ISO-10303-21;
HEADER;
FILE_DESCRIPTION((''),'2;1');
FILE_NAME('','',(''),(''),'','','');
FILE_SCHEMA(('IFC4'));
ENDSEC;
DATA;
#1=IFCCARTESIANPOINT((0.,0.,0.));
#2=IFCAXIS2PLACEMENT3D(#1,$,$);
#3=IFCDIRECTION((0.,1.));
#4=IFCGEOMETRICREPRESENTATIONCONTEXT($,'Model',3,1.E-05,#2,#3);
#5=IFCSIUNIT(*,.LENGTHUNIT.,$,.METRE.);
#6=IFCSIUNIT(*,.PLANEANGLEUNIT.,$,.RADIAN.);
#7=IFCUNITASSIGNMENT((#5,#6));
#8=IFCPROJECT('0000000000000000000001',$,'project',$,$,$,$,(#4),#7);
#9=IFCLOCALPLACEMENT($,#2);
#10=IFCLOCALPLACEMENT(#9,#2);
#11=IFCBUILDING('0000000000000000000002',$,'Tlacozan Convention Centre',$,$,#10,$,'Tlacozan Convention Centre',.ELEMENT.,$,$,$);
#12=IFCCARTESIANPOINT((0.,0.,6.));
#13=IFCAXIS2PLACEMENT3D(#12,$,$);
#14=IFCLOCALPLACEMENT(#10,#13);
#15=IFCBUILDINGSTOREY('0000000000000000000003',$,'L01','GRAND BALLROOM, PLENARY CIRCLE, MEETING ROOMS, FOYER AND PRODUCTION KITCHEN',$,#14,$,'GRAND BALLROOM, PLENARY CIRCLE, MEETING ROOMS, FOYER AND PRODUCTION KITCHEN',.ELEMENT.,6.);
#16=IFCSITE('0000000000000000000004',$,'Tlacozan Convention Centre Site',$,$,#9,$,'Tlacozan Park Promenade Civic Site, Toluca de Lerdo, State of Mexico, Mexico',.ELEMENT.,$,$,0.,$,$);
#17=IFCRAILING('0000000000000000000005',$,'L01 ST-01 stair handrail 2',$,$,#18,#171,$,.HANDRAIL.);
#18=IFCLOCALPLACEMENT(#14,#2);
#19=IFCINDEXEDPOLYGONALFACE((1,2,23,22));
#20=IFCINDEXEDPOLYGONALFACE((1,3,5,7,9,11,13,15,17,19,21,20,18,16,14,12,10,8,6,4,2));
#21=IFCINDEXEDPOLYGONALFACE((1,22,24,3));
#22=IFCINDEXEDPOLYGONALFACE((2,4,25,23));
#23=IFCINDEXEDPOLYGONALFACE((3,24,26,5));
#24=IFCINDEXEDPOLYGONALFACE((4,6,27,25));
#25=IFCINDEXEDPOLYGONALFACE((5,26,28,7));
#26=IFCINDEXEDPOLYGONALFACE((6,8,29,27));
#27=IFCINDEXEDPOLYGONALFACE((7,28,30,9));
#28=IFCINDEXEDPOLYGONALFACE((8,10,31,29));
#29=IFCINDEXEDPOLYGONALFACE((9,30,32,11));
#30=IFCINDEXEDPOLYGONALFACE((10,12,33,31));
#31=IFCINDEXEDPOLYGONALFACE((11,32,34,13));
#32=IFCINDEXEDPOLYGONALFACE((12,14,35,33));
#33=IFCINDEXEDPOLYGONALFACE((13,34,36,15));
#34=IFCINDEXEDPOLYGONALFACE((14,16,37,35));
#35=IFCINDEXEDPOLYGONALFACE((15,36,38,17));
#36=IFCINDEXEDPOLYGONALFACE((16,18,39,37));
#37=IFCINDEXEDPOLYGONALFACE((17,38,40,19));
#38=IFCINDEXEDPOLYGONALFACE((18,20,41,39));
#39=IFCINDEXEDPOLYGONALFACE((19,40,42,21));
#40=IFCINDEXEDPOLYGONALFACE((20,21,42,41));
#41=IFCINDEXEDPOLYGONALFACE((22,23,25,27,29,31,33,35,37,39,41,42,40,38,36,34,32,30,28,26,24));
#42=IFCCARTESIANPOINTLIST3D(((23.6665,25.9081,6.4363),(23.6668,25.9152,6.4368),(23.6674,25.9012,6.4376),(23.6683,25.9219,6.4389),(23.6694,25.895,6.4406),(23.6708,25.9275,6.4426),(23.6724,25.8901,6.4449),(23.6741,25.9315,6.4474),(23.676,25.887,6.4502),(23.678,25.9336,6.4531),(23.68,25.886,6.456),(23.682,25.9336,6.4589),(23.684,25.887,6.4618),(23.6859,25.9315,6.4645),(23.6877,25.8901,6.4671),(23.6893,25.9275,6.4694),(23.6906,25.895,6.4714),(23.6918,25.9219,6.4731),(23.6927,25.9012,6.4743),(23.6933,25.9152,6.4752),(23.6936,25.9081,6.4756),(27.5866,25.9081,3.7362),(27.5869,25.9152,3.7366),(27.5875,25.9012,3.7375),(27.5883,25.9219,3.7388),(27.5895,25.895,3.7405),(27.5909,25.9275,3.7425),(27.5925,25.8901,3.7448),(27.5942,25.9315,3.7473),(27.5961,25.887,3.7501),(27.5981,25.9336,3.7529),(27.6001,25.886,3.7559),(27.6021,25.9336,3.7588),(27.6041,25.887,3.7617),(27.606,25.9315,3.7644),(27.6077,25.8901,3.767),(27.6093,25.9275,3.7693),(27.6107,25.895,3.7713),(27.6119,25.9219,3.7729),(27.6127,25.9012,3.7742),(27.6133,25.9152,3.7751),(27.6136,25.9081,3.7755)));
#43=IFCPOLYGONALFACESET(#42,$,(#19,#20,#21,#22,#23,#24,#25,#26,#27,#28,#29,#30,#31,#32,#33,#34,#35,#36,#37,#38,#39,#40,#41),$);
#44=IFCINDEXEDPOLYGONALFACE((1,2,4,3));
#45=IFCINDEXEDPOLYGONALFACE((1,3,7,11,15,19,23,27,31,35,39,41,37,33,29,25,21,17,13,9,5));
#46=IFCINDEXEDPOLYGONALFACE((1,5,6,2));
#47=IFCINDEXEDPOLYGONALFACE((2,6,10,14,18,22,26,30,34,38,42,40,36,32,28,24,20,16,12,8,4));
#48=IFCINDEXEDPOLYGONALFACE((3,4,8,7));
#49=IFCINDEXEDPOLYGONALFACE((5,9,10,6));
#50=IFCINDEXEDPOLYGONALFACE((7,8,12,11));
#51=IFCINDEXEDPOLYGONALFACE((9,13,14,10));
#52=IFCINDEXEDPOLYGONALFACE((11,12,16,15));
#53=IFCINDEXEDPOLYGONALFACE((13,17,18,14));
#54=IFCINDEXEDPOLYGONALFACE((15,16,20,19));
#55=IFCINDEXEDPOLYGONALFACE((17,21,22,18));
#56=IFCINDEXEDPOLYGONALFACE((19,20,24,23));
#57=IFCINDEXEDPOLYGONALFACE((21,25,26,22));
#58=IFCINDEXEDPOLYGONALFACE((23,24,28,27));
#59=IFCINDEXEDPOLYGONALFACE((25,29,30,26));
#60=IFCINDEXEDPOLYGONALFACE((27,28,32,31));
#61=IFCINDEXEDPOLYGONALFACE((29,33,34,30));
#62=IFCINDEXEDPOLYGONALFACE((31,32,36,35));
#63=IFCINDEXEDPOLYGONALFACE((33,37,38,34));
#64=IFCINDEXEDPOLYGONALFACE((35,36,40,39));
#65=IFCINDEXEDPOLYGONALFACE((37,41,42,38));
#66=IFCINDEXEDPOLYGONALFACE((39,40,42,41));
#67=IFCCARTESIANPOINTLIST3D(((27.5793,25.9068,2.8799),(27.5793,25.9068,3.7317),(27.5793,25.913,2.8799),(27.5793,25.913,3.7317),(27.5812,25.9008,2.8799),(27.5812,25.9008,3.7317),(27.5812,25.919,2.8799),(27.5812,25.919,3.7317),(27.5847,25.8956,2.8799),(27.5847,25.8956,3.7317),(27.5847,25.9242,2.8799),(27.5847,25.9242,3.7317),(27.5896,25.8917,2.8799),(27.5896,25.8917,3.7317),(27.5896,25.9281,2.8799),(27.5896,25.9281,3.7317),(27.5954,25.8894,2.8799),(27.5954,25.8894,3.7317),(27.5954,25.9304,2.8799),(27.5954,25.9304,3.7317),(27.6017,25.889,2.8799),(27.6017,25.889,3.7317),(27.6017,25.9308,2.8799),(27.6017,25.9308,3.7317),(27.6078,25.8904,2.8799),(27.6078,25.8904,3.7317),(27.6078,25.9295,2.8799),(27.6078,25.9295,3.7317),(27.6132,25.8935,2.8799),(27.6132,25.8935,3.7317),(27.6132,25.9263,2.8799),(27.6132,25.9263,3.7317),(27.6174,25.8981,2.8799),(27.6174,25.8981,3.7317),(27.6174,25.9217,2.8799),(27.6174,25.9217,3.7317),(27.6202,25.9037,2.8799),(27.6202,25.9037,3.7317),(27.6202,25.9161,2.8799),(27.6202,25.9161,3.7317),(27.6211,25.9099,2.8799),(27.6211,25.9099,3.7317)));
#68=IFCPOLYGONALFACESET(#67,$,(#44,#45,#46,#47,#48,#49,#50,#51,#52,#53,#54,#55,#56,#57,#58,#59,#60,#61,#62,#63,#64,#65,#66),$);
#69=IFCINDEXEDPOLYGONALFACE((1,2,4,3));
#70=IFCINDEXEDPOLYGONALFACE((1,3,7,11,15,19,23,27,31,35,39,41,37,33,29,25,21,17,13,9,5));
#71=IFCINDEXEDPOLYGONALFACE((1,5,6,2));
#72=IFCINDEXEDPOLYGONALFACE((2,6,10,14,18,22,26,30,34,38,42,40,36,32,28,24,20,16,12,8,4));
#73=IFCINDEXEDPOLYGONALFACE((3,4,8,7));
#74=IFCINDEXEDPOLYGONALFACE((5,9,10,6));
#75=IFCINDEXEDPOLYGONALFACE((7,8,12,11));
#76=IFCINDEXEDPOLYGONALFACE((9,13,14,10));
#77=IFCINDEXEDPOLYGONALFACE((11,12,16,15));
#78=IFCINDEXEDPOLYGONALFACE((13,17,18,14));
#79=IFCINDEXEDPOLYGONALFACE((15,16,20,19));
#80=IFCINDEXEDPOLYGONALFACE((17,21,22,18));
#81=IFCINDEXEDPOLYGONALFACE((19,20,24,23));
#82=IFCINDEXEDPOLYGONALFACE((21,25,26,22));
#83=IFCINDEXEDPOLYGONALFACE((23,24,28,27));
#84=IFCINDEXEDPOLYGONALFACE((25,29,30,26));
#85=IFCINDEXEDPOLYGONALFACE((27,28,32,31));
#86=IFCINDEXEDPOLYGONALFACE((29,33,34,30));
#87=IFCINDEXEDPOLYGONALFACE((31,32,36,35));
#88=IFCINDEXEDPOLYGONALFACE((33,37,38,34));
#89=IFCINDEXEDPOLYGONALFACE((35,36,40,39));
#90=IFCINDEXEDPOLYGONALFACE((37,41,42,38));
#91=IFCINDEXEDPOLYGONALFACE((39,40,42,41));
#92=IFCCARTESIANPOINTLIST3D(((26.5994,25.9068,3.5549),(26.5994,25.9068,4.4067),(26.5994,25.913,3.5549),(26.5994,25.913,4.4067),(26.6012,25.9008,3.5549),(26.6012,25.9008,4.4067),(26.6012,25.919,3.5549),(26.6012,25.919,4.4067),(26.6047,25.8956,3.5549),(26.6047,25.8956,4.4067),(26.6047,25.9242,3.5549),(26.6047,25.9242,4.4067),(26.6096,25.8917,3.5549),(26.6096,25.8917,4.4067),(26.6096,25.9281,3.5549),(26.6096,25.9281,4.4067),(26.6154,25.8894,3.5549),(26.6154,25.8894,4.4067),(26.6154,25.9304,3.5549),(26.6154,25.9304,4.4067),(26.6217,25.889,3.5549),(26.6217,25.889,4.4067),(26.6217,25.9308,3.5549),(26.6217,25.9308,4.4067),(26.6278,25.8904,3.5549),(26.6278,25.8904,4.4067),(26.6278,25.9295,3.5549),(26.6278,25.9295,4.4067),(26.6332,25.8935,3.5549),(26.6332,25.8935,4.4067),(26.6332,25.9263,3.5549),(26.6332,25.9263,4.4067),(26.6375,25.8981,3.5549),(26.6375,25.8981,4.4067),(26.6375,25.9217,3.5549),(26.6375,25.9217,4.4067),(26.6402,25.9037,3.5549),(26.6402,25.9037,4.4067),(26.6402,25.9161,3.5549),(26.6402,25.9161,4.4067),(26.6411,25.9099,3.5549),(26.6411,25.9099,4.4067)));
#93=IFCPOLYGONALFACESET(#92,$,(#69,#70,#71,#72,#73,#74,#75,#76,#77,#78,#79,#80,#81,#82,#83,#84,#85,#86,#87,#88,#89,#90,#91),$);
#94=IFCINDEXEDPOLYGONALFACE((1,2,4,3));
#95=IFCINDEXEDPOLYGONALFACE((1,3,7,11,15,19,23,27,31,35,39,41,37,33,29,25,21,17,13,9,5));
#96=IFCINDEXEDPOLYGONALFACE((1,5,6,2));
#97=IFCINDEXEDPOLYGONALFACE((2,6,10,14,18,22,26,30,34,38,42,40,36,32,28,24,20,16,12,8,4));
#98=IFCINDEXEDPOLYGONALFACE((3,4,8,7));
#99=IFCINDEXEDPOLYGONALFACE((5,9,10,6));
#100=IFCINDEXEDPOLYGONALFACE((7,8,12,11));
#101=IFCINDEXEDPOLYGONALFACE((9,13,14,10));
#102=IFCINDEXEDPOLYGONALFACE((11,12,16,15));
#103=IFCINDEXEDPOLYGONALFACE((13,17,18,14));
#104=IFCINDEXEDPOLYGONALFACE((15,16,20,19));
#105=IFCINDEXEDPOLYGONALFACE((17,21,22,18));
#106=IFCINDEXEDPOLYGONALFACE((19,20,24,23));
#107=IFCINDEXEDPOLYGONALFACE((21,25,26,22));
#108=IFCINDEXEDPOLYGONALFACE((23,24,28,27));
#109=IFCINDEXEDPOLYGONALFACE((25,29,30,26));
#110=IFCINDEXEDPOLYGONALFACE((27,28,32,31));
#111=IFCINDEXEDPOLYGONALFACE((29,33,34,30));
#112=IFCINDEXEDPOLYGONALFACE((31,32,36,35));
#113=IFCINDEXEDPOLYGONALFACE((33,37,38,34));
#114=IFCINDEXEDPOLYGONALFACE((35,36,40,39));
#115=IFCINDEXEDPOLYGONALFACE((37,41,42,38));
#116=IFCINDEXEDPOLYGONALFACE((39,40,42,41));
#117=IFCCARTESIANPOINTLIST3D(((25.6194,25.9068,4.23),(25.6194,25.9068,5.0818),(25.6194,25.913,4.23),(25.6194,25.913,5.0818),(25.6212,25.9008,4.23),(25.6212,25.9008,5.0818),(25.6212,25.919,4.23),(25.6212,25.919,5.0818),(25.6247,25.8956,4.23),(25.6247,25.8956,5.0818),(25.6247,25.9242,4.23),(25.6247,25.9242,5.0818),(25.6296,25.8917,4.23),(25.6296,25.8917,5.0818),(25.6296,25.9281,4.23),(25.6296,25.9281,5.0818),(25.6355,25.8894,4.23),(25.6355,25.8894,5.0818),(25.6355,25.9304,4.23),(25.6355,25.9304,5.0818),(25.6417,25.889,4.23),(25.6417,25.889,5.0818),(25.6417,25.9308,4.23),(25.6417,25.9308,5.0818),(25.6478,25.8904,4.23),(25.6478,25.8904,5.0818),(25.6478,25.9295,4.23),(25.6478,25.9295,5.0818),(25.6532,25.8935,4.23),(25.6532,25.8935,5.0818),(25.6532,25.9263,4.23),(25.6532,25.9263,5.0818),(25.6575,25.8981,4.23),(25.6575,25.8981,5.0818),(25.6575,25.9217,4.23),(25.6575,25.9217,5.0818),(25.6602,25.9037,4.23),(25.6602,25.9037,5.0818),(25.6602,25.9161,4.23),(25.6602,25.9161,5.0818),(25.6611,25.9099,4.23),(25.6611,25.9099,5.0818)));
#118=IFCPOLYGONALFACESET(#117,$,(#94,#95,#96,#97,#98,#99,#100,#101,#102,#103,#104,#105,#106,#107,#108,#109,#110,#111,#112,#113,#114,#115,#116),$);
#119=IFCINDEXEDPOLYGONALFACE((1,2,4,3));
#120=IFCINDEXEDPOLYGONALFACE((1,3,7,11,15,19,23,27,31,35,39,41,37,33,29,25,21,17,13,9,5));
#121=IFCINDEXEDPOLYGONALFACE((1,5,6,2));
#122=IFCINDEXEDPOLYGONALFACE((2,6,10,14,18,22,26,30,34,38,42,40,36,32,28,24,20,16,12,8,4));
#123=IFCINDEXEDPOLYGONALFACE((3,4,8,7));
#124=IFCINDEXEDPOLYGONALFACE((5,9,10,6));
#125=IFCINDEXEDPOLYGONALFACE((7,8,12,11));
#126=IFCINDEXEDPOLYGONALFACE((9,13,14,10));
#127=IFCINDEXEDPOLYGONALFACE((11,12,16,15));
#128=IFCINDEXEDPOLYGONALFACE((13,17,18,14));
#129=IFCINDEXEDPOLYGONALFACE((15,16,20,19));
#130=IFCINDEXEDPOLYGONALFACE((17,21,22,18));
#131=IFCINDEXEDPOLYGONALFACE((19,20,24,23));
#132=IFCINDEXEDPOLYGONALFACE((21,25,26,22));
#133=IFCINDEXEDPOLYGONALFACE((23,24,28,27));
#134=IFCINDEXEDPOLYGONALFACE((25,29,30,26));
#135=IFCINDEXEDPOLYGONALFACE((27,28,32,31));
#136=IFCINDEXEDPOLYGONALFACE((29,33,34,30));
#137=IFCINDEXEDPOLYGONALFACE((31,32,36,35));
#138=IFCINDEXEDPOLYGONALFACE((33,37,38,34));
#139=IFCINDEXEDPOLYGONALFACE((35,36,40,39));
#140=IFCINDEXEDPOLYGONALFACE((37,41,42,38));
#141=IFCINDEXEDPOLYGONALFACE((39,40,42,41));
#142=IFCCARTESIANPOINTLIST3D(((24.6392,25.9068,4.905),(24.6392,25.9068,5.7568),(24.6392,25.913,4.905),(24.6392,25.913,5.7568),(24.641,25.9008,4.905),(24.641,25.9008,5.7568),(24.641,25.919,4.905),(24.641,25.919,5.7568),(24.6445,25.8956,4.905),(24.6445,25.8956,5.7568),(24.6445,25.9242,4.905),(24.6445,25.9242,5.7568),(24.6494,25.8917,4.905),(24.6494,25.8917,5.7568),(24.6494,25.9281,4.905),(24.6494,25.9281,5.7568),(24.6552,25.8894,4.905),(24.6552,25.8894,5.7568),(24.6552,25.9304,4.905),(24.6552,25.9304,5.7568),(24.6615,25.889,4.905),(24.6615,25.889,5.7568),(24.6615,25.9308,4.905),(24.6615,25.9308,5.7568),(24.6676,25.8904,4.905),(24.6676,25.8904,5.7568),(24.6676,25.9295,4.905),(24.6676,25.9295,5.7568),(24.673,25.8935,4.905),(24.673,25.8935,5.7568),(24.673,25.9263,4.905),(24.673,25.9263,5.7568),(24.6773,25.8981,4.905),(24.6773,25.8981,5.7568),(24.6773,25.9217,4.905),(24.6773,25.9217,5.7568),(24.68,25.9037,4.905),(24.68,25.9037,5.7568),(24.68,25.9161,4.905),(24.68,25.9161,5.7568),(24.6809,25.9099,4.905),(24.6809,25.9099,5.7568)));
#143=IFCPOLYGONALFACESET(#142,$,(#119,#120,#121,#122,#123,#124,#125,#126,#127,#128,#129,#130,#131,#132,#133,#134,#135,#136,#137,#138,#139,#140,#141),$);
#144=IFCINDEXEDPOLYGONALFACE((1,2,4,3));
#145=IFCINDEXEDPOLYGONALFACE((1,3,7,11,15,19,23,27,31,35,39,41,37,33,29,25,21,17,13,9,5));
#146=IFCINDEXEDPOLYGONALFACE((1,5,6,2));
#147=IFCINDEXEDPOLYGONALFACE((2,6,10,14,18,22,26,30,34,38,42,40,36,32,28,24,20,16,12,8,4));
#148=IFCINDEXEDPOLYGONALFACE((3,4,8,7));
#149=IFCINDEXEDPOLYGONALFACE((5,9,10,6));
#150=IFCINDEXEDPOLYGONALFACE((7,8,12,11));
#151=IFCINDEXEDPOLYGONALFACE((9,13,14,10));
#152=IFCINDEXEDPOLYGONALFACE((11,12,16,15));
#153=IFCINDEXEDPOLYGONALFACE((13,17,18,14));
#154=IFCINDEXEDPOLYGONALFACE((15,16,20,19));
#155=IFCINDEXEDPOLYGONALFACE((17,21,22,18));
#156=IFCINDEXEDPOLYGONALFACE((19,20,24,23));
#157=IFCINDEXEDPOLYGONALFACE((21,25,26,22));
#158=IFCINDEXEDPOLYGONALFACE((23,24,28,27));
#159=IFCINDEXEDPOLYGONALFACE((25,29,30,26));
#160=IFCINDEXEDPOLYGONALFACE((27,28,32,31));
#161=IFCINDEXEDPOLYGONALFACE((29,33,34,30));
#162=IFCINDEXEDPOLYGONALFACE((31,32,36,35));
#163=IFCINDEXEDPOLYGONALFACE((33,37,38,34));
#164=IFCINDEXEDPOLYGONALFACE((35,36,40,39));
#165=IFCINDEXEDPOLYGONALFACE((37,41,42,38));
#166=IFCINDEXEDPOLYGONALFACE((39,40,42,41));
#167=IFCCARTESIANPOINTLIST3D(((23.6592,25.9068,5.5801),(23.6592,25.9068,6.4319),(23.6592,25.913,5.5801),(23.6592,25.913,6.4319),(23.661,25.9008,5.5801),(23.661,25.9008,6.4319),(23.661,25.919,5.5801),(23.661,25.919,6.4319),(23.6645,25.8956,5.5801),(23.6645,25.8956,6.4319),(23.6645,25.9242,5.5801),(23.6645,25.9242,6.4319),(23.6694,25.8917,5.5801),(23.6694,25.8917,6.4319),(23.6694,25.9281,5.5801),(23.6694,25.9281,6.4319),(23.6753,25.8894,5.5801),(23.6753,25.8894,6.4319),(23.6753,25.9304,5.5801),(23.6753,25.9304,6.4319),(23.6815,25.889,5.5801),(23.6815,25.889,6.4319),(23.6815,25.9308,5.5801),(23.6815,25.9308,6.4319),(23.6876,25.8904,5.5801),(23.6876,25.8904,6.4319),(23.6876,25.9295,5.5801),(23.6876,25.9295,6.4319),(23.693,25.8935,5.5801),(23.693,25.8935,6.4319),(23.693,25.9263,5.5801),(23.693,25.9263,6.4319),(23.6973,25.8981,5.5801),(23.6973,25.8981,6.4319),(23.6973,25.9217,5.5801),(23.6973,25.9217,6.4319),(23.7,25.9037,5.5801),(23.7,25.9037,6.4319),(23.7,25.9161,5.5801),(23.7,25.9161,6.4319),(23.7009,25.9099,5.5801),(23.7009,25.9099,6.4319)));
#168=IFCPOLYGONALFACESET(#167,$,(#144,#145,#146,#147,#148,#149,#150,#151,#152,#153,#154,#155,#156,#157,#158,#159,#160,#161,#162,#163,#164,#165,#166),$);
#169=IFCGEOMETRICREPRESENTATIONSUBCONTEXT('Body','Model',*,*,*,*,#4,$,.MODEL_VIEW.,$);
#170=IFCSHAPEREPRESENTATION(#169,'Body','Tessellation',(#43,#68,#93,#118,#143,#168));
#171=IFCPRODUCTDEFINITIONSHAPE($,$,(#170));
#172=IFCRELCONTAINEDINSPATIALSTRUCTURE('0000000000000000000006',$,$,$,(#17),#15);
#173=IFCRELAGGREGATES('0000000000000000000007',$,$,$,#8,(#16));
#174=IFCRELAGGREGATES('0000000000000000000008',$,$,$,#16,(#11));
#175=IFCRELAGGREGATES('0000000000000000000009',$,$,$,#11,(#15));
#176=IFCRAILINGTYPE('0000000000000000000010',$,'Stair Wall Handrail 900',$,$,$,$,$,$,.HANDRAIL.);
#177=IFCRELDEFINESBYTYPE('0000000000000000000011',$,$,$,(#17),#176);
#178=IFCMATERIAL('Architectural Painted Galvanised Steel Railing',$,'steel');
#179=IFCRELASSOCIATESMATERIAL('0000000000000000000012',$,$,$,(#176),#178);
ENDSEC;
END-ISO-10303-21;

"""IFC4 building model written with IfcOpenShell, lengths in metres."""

from ifc_helpers import new_model, si_unit, direction, frame, origin, origin_2d, place, context, subcontext, project, spatial, circle, extrude, material, type_object, element, save


model = new_model("IFC4")

# Units and contexts
model_context = context("Model", 3, precision=1e-05, world=origin(), true_north=direction((0.0, 1.0)))
body_context = subcontext(model_context, "Body", "Model", "MODEL_VIEW")
ifc_project = project(units=[si_unit("LENGTHUNIT", "METRE"), si_unit("PLANEANGLEUNIT", "RADIAN")], contexts=[model_context])

# Site, building, storey
site_placement = place(None, origin())
site = spatial("IfcSite", under=ifc_project, at=site_placement, Name="Tlacozan Convention Centre Site", LongName="Tlacozan Park Promenade Civic Site, Toluca de Lerdo, State of Mexico, Mexico", CompositionType="ELEMENT", RefElevation=0.0)
building_placement = place(site_placement, origin())
building = spatial("IfcBuilding", under=site, at=building_placement, Name="Tlacozan Convention Centre", LongName="Tlacozan Convention Centre", CompositionType="ELEMENT")
storey_placement = place(building_placement, frame((0.0, 0.0, 6.0)))
storey = spatial("IfcBuildingStorey", under=building, at=storey_placement, Name="L01", Description="GRAND BALLROOM, PLENARY CIRCLE, MEETING ROOMS, FOYER AND PRODUCTION KITCHEN", LongName="GRAND BALLROOM, PLENARY CIRCLE, MEETING ROOMS, FOYER AND PRODUCTION KITCHEN", CompositionType="ELEMENT", Elevation=6.0)

# Railing
ifc_material_1 = material(Name="Architectural Painted Galvanised Steel Railing", Category="steel")
railing_type_1 = type_object("IfcRailingType", Name="Stair Wall Handrail 900", PredefinedType="HANDRAIL", material=ifc_material_1)
railing_1_placement = place(storey_placement, frame((27.6001, 25.9099, 2.8799)))
element("IfcRailing", 1, at=railing_1_placement, inside=storey, type_object=railing_type_1, Name="L01 ST-01 stair handrail 2", PredefinedType="HANDRAIL", context=body_context, shape_type="SweptSolid", body=[
    extrude(circle(Radius=0.0239, at=origin_2d()), frame((0.0, 0.0, 0.876), z_axis=(-0.823543, 0.0, 0.567253), x_axis=(0.0, -1.0, 0.0)), (0.0, 0.0, 1.0), 4.76),
    extrude(circle(Radius=0.021, at=origin_2d()), origin(), (0.0, 0.0, 1.0), 0.8518),
    extrude(circle(Radius=0.021, at=origin_2d()), frame((-0.98, 0.0, 0.675)), (0.0, 0.0, 1.0), 0.8518),
    extrude(circle(Radius=0.021, at=origin_2d()), frame((-1.96, 0.0, 1.3501)), (0.0, 0.0, 1.0), 0.8518),
    extrude(circle(Radius=0.021, at=origin_2d()), frame((-2.9402, 0.0, 2.0251)), (0.0, 0.0, 1.0), 0.8518),
    extrude(circle(Radius=0.021, at=origin_2d()), frame((-3.9202, 0.0, 2.7002)), (0.0, 0.0, 1.0), 0.8518),
])

save(model, "model.ifc")
